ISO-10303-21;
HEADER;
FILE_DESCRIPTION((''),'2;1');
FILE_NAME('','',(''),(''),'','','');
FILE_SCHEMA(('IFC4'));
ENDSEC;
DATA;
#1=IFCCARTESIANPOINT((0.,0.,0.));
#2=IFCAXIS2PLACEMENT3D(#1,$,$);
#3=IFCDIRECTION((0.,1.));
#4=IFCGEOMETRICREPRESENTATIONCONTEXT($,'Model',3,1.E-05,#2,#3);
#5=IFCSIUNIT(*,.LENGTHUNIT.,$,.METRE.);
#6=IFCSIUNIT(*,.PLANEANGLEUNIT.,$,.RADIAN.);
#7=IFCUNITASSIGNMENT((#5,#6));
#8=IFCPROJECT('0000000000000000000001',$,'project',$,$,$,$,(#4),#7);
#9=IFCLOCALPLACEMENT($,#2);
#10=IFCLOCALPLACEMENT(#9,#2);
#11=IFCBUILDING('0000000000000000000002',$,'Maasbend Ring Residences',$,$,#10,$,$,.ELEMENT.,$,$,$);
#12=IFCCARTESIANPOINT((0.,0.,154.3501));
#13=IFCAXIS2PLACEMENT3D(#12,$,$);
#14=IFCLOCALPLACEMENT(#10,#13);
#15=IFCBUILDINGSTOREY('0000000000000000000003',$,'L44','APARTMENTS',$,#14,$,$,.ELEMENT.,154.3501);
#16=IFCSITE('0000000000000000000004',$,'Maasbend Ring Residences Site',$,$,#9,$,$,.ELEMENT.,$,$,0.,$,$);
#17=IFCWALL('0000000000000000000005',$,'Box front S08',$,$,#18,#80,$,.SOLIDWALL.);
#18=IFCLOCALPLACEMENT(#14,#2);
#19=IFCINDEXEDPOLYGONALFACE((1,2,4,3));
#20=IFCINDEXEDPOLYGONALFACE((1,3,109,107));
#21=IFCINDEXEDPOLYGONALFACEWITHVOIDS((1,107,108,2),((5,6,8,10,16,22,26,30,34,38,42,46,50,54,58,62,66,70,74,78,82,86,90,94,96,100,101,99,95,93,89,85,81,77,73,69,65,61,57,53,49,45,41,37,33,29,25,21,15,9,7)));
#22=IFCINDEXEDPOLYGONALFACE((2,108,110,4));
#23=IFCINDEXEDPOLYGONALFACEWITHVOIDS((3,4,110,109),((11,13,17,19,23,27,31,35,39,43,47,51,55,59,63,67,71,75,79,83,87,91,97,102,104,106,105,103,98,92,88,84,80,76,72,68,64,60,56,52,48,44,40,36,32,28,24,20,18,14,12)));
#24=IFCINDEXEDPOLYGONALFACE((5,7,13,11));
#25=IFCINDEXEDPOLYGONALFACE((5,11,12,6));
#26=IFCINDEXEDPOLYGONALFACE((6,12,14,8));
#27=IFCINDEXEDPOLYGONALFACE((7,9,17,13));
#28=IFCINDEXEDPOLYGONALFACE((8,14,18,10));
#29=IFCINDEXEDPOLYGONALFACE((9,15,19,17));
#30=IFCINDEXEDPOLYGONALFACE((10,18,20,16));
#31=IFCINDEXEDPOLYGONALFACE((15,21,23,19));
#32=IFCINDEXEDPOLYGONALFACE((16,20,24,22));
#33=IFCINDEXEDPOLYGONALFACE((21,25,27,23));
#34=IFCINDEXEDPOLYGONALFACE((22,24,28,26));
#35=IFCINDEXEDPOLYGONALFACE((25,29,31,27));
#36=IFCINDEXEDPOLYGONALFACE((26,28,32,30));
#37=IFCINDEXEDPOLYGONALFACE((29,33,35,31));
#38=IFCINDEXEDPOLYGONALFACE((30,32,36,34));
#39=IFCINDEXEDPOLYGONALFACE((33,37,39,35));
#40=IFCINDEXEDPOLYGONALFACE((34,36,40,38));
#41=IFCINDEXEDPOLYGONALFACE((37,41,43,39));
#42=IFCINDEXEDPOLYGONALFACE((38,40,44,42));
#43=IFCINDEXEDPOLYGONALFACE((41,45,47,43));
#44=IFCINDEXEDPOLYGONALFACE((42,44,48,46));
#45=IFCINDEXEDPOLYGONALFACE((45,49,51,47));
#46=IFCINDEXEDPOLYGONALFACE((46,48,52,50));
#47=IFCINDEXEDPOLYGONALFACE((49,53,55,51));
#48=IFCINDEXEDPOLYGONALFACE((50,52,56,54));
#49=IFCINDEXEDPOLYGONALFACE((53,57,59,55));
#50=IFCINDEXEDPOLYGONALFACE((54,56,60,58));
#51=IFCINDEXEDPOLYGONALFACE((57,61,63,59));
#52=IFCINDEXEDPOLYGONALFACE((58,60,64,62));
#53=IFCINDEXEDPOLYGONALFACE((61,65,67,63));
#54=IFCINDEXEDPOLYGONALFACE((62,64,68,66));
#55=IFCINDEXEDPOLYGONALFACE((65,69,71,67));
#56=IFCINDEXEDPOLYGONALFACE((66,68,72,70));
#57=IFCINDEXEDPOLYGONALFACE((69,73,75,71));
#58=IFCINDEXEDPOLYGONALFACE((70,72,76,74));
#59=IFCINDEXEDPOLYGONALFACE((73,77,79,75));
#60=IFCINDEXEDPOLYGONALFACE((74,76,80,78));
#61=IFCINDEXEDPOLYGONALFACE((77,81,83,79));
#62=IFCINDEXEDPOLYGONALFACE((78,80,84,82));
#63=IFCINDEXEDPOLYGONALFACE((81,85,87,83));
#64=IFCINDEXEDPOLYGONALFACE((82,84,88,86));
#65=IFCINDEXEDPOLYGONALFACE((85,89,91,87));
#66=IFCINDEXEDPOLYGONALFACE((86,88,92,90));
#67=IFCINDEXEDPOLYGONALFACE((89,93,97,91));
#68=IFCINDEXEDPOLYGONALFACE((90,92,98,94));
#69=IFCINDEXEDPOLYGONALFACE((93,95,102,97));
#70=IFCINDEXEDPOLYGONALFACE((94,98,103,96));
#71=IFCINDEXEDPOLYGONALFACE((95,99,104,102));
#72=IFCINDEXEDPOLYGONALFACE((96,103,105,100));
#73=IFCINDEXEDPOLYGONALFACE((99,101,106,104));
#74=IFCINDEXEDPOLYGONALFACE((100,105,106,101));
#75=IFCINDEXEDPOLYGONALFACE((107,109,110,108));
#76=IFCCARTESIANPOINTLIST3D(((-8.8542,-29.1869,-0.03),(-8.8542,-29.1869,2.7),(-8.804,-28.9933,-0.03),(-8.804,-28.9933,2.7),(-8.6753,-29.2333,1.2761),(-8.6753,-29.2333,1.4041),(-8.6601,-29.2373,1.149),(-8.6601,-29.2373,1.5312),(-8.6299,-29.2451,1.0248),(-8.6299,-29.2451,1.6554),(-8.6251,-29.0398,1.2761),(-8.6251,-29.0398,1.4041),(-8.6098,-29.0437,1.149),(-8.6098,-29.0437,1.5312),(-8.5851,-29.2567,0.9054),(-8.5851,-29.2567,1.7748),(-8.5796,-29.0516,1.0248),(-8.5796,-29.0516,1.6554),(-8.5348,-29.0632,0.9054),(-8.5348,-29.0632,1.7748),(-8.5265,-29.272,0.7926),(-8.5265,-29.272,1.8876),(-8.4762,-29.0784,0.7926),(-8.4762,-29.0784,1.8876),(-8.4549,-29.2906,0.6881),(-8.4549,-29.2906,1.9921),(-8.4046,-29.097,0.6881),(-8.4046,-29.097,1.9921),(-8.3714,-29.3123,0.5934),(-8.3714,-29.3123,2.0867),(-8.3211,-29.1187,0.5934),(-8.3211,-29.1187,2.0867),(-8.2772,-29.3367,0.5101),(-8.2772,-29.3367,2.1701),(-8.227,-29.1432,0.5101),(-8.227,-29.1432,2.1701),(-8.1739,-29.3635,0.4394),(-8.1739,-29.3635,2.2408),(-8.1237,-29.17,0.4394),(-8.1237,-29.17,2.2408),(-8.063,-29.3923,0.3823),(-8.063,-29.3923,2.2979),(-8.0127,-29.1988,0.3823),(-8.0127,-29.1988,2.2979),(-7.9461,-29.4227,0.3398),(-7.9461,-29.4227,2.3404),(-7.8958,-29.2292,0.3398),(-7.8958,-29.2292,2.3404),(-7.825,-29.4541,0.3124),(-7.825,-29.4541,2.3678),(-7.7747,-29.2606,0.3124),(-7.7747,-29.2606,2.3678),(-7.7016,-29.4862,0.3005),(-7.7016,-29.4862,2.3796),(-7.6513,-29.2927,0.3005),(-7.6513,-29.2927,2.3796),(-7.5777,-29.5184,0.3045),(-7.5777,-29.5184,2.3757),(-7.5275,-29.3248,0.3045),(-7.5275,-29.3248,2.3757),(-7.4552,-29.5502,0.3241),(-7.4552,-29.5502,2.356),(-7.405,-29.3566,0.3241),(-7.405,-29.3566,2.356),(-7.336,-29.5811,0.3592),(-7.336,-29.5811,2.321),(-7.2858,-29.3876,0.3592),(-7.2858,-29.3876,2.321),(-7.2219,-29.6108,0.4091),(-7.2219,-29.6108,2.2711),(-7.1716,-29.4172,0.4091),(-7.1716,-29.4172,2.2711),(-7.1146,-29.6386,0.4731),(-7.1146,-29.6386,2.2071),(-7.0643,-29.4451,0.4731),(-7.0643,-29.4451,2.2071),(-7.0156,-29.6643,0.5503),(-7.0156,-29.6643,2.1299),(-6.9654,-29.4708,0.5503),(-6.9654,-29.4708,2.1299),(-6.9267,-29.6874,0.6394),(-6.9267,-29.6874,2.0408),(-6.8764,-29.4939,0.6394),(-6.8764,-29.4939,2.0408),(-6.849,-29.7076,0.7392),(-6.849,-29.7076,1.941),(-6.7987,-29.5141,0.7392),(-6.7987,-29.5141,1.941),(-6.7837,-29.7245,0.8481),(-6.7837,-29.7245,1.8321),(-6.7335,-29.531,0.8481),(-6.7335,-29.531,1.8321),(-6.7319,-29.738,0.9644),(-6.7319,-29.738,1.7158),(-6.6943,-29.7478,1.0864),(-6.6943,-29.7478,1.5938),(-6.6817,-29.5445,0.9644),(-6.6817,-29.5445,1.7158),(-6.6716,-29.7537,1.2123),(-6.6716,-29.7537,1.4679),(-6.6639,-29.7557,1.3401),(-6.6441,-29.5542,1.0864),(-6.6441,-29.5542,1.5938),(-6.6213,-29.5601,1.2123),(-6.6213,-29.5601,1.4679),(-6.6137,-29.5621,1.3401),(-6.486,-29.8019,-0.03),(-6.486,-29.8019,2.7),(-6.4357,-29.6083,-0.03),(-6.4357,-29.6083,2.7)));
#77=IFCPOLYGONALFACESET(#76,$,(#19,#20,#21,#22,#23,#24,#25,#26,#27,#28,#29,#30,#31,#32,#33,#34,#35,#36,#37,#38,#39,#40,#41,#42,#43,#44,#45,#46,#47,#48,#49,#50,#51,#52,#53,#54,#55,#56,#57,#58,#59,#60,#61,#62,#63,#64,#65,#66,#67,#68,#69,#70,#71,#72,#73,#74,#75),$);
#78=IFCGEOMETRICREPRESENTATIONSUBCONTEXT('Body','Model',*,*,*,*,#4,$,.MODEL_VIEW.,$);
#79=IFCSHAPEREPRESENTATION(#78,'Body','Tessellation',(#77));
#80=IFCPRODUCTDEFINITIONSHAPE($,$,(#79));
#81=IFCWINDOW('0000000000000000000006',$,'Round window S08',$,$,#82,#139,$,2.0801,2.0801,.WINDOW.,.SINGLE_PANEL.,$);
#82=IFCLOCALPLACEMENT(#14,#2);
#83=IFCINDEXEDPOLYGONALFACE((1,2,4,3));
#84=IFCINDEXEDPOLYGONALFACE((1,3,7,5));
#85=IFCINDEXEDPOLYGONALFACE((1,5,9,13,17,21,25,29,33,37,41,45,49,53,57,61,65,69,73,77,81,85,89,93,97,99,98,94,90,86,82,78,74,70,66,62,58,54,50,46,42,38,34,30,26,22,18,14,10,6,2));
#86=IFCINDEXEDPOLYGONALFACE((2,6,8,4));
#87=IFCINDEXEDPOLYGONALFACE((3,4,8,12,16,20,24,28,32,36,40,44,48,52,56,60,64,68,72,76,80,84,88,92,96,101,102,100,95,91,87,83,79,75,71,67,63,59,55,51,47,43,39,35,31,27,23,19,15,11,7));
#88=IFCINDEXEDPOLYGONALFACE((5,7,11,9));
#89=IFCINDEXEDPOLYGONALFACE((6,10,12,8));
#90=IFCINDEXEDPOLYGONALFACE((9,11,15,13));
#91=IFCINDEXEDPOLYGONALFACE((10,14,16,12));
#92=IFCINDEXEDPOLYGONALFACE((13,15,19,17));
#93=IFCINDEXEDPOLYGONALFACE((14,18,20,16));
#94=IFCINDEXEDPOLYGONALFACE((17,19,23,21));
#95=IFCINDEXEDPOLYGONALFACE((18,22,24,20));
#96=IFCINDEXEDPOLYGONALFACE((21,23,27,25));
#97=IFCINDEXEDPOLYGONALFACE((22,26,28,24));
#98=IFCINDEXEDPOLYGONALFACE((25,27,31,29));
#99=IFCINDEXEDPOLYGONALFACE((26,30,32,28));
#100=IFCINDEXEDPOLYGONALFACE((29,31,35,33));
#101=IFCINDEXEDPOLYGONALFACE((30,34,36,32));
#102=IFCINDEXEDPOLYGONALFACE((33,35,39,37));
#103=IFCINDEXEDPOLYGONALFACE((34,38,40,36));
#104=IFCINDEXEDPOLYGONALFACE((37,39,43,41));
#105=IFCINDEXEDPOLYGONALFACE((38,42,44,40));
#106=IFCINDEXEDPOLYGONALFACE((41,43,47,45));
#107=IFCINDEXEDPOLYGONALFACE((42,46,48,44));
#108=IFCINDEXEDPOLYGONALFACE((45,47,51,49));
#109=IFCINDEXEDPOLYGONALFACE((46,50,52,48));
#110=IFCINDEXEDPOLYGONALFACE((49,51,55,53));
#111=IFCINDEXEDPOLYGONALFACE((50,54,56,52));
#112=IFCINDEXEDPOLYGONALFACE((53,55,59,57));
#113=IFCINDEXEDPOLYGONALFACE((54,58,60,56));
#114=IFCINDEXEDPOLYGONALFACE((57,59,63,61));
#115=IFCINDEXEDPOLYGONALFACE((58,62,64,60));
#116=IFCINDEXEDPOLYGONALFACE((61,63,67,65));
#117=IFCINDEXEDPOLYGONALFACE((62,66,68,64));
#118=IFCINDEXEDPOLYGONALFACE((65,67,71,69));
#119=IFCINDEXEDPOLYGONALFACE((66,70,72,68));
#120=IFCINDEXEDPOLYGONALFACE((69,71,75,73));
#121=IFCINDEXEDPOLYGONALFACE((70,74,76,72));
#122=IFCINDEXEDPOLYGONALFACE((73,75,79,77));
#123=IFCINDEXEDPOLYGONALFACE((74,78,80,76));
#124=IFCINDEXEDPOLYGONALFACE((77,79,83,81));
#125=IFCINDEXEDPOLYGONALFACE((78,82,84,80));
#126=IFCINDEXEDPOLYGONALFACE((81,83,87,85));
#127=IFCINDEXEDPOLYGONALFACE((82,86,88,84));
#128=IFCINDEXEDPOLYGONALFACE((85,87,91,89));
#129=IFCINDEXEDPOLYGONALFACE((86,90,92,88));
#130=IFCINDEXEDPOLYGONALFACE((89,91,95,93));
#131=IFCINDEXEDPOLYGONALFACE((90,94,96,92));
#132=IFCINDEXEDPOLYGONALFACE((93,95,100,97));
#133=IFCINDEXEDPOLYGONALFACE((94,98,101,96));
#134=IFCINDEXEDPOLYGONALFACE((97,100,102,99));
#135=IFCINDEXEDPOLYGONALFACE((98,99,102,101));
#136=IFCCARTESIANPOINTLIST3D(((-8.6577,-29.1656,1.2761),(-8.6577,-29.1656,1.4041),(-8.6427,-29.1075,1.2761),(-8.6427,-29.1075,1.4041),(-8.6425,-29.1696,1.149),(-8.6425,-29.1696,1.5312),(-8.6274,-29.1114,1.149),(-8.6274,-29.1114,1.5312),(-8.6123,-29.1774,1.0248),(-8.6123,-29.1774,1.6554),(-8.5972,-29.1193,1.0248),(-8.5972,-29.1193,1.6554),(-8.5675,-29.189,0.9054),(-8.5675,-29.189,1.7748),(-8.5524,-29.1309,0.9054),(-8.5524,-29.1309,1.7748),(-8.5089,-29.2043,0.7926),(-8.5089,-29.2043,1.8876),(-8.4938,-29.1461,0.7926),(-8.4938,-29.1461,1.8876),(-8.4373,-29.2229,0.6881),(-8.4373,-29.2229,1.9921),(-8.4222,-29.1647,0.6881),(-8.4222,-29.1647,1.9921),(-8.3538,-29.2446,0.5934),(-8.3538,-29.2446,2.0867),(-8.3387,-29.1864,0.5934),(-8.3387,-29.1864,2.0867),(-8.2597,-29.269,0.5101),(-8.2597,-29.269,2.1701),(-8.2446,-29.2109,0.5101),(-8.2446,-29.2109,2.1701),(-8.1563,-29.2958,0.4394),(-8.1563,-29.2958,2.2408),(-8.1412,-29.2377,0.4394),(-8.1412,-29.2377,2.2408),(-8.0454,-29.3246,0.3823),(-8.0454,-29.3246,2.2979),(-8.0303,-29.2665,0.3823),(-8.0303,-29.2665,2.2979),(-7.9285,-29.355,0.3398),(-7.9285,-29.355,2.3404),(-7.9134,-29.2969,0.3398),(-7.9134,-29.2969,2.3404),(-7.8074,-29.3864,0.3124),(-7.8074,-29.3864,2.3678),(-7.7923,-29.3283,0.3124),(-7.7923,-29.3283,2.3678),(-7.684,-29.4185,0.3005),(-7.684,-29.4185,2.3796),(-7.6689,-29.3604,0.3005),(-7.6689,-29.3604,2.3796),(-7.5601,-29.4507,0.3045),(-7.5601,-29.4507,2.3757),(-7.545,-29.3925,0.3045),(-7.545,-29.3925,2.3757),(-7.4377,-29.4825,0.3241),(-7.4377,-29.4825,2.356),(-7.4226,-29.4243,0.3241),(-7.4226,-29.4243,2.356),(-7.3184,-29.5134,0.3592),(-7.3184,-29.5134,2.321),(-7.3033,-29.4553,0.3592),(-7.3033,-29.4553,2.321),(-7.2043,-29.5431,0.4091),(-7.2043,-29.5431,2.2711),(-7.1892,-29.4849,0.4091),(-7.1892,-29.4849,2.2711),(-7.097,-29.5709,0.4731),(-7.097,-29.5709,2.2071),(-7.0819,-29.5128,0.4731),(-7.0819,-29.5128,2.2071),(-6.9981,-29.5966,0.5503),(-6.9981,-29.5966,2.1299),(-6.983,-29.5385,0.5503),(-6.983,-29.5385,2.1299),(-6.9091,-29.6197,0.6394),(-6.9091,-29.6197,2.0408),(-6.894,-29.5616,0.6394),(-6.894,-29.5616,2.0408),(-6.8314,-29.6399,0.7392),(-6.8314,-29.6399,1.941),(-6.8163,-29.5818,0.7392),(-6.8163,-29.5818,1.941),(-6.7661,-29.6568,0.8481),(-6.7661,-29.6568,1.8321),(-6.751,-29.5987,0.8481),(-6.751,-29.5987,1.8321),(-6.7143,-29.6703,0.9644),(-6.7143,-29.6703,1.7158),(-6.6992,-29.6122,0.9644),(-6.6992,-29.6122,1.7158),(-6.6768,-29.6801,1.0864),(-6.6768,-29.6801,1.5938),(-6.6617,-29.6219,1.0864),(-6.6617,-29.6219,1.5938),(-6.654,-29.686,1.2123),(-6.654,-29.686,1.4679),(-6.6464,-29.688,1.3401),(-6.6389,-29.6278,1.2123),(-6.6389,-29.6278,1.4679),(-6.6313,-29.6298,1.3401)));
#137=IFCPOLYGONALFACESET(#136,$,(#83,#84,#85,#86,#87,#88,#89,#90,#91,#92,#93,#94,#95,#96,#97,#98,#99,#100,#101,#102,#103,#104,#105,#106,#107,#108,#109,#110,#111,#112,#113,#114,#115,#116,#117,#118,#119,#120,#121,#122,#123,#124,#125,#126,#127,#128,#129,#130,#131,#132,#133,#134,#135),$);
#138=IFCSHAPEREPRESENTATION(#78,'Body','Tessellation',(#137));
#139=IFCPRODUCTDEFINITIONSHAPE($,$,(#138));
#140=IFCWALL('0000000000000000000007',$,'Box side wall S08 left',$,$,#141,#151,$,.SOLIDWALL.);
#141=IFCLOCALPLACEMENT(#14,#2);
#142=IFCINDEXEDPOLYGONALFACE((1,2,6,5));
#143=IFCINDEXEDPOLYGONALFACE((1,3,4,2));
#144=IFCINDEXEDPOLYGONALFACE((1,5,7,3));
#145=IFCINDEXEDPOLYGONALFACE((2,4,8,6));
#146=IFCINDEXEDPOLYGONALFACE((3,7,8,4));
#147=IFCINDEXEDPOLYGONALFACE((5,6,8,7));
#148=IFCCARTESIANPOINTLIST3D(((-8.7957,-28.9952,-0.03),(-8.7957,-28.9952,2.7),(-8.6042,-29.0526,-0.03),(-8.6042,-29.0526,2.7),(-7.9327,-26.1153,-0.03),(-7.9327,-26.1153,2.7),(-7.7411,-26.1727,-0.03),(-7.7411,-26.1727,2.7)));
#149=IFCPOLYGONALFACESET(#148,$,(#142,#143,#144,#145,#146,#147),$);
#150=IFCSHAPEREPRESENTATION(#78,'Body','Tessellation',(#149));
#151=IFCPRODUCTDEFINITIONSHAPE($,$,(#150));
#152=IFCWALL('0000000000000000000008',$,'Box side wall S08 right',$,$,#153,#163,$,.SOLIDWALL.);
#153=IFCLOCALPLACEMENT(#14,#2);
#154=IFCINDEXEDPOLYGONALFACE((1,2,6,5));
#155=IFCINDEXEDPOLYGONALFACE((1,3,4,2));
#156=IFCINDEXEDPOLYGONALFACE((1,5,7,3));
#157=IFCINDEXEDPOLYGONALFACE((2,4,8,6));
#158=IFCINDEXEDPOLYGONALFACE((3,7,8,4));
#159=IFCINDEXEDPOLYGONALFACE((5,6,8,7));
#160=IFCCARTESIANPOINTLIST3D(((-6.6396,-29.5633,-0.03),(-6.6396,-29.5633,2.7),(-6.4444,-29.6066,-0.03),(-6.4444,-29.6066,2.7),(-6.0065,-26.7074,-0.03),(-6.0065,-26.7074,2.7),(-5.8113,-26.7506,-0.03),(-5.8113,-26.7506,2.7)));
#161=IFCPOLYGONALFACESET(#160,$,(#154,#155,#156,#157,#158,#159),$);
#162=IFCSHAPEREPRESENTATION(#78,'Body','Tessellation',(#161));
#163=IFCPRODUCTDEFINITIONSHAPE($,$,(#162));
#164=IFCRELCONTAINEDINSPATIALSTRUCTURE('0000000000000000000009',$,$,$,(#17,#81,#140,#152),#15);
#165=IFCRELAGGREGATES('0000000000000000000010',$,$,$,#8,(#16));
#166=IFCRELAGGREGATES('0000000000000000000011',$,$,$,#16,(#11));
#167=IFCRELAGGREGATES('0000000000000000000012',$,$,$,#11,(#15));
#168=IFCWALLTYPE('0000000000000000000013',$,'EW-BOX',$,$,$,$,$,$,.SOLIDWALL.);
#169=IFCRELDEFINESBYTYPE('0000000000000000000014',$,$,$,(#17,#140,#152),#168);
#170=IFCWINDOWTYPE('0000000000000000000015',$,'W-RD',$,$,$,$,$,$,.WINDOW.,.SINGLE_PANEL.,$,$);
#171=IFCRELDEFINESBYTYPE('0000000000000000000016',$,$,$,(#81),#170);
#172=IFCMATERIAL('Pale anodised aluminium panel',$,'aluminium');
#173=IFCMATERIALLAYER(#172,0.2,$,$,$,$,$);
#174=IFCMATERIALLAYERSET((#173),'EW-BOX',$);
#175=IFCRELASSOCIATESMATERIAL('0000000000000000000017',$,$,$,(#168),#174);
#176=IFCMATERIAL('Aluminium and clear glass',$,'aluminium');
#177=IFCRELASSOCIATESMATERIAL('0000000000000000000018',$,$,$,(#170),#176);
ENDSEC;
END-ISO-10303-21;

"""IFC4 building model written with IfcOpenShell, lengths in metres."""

from ifc_helpers import new_model, si_unit, direction, frame, frame_2d, origin, place, context, subcontext, project, spatial, rectangle, circle, extrude, material, layer, layer_set, type_object, element, fill, save


model = new_model("IFC4")

# Units and contexts
model_context = context("Model", 3, precision=1e-05, world=origin(), true_north=direction((0.0, 1.0)))
body_context = subcontext(model_context, "Body", "Model", "MODEL_VIEW")
ifc_project = project(units=[si_unit("LENGTHUNIT", "METRE"), si_unit("PLANEANGLEUNIT", "RADIAN")], contexts=[model_context])

# Site, building, storey
site_placement = place(None, origin())
site = spatial("IfcSite", under=ifc_project, at=site_placement, Name="Maasbend Ring Residences Site", CompositionType="ELEMENT", RefElevation=0.0)
building_placement = place(site_placement, origin())
building = spatial("IfcBuilding", under=site, at=building_placement, Name="Maasbend Ring Residences", CompositionType="ELEMENT")
storey_placement = place(building_placement, frame((0.0, 0.0, 154.3501)))
storey = spatial("IfcBuildingStorey", under=building, at=storey_placement, Name="L44", Description="APARTMENTS", CompositionType="ELEMENT", Elevation=154.3501)

# Shared definitions
ifc_material_1 = material(Name="Pale anodised aluminium panel", Category="aluminium")
ifc_layer_1 = layer(ifc_material_1, 0.2)
ifc_layer_set_1 = layer_set([ifc_layer_1], Name="EW-BOX")
wall_type_1 = type_object("IfcWallType", Name="EW-BOX", PredefinedType="SOLIDWALL", material=ifc_layer_set_1)

# Wall, opening, window
wall_1_placement = place(storey_placement, frame((-8.8291, -29.0901, -0.03), z_axis=(0.0, 0.0, 1.0), x_axis=(0.967895, -0.251353, 0.0)))
wall_1 = element("IfcWall", 1, at=wall_1_placement, inside=storey, type_object=wall_type_1, Name="Box front S08", PredefinedType="SOLIDWALL", context=body_context, shape_type="SweptSolid", body=[
    extrude(rectangle(XDim=2.4468, YDim=0.2, at=frame_2d((1.2234, 0.0))), origin(), (0.0, 0.0, 1.0), 2.73),
])
opening_1_placement = place(wall_1_placement, frame((0.1829, 0.0, 0.3301)))
opening_1 = element("IfcOpeningElement", 2, at=opening_1_placement, cuts=wall_1, PredefinedType="OPENING", context=body_context, shape_type="SweptSolid", body=[
    extrude(circle(Radius=1.04, at=frame_2d((1.04, 1.04))), frame((0.0, 0.1099, 0.0), z_axis=(0.0, -1.0, 0.0), x_axis=(1.0, 0.0, 0.0)), (0.0, 0.0, 1.0), 0.22),
])
ifc_material_2 = material(Name="Aluminium and clear glass", Category="aluminium")
window_type_1 = type_object("IfcWindowType", Name="W-RD", PartitioningType="SINGLE_PANEL", PredefinedType="WINDOW", material=ifc_material_2)
window_1_placement = place(opening_1_placement, origin())
window_1 = element("IfcWindow", 3, at=window_1_placement, inside=storey, type_object=window_type_1, Name="Round window S08", OverallHeight=2.0801, OverallWidth=2.0801, PartitioningType="SINGLE_PANEL", PredefinedType="WINDOW", context=body_context, shape_type="SweptSolid", body=[
    extrude(circle(Radius=1.04, at=frame_2d((1.04, 1.04))), frame((0.0, 0.03, 0.0), z_axis=(0.0, -1.0, 0.0), x_axis=(1.0, 0.0, 0.0)), (0.0, 0.0, 1.0), 0.0601),
])
fill(opening_1, window_1)

# Walls
wall_2_placement = place(storey_placement, frame((-7.8369, -26.144, -0.03), z_axis=(0.0, 0.0, 1.0), x_axis=(-0.287065, -0.957911, 0.0)))
element("IfcWall", 4, at=wall_2_placement, inside=storey, type_object=wall_type_1, Name="Box side wall S08 left", PredefinedType="SOLIDWALL", context=body_context, shape_type="SweptSolid", body=[
    extrude(rectangle(XDim=3.0063, YDim=0.2, at=frame_2d((1.5032, 0.0))), origin(), (0.0, 0.0, 1.0), 2.73),
])
wall_3_placement = place(storey_placement, frame((-5.9089, -26.729, -0.03), z_axis=(0.0, 0.0, 1.0), x_axis=(-0.216409, -0.976303, 0.0)))
element("IfcWall", 5, at=wall_3_placement, inside=storey, type_object=wall_type_1, Name="Box side wall S08 right", PredefinedType="SOLIDWALL", context=body_context, shape_type="SweptSolid", body=[
    extrude(rectangle(XDim=2.9253, YDim=0.2, at=frame_2d((1.4626, 0.0))), origin(), (0.0, 0.0, 1.0), 2.73),
])

save(model, "model.ifc")
